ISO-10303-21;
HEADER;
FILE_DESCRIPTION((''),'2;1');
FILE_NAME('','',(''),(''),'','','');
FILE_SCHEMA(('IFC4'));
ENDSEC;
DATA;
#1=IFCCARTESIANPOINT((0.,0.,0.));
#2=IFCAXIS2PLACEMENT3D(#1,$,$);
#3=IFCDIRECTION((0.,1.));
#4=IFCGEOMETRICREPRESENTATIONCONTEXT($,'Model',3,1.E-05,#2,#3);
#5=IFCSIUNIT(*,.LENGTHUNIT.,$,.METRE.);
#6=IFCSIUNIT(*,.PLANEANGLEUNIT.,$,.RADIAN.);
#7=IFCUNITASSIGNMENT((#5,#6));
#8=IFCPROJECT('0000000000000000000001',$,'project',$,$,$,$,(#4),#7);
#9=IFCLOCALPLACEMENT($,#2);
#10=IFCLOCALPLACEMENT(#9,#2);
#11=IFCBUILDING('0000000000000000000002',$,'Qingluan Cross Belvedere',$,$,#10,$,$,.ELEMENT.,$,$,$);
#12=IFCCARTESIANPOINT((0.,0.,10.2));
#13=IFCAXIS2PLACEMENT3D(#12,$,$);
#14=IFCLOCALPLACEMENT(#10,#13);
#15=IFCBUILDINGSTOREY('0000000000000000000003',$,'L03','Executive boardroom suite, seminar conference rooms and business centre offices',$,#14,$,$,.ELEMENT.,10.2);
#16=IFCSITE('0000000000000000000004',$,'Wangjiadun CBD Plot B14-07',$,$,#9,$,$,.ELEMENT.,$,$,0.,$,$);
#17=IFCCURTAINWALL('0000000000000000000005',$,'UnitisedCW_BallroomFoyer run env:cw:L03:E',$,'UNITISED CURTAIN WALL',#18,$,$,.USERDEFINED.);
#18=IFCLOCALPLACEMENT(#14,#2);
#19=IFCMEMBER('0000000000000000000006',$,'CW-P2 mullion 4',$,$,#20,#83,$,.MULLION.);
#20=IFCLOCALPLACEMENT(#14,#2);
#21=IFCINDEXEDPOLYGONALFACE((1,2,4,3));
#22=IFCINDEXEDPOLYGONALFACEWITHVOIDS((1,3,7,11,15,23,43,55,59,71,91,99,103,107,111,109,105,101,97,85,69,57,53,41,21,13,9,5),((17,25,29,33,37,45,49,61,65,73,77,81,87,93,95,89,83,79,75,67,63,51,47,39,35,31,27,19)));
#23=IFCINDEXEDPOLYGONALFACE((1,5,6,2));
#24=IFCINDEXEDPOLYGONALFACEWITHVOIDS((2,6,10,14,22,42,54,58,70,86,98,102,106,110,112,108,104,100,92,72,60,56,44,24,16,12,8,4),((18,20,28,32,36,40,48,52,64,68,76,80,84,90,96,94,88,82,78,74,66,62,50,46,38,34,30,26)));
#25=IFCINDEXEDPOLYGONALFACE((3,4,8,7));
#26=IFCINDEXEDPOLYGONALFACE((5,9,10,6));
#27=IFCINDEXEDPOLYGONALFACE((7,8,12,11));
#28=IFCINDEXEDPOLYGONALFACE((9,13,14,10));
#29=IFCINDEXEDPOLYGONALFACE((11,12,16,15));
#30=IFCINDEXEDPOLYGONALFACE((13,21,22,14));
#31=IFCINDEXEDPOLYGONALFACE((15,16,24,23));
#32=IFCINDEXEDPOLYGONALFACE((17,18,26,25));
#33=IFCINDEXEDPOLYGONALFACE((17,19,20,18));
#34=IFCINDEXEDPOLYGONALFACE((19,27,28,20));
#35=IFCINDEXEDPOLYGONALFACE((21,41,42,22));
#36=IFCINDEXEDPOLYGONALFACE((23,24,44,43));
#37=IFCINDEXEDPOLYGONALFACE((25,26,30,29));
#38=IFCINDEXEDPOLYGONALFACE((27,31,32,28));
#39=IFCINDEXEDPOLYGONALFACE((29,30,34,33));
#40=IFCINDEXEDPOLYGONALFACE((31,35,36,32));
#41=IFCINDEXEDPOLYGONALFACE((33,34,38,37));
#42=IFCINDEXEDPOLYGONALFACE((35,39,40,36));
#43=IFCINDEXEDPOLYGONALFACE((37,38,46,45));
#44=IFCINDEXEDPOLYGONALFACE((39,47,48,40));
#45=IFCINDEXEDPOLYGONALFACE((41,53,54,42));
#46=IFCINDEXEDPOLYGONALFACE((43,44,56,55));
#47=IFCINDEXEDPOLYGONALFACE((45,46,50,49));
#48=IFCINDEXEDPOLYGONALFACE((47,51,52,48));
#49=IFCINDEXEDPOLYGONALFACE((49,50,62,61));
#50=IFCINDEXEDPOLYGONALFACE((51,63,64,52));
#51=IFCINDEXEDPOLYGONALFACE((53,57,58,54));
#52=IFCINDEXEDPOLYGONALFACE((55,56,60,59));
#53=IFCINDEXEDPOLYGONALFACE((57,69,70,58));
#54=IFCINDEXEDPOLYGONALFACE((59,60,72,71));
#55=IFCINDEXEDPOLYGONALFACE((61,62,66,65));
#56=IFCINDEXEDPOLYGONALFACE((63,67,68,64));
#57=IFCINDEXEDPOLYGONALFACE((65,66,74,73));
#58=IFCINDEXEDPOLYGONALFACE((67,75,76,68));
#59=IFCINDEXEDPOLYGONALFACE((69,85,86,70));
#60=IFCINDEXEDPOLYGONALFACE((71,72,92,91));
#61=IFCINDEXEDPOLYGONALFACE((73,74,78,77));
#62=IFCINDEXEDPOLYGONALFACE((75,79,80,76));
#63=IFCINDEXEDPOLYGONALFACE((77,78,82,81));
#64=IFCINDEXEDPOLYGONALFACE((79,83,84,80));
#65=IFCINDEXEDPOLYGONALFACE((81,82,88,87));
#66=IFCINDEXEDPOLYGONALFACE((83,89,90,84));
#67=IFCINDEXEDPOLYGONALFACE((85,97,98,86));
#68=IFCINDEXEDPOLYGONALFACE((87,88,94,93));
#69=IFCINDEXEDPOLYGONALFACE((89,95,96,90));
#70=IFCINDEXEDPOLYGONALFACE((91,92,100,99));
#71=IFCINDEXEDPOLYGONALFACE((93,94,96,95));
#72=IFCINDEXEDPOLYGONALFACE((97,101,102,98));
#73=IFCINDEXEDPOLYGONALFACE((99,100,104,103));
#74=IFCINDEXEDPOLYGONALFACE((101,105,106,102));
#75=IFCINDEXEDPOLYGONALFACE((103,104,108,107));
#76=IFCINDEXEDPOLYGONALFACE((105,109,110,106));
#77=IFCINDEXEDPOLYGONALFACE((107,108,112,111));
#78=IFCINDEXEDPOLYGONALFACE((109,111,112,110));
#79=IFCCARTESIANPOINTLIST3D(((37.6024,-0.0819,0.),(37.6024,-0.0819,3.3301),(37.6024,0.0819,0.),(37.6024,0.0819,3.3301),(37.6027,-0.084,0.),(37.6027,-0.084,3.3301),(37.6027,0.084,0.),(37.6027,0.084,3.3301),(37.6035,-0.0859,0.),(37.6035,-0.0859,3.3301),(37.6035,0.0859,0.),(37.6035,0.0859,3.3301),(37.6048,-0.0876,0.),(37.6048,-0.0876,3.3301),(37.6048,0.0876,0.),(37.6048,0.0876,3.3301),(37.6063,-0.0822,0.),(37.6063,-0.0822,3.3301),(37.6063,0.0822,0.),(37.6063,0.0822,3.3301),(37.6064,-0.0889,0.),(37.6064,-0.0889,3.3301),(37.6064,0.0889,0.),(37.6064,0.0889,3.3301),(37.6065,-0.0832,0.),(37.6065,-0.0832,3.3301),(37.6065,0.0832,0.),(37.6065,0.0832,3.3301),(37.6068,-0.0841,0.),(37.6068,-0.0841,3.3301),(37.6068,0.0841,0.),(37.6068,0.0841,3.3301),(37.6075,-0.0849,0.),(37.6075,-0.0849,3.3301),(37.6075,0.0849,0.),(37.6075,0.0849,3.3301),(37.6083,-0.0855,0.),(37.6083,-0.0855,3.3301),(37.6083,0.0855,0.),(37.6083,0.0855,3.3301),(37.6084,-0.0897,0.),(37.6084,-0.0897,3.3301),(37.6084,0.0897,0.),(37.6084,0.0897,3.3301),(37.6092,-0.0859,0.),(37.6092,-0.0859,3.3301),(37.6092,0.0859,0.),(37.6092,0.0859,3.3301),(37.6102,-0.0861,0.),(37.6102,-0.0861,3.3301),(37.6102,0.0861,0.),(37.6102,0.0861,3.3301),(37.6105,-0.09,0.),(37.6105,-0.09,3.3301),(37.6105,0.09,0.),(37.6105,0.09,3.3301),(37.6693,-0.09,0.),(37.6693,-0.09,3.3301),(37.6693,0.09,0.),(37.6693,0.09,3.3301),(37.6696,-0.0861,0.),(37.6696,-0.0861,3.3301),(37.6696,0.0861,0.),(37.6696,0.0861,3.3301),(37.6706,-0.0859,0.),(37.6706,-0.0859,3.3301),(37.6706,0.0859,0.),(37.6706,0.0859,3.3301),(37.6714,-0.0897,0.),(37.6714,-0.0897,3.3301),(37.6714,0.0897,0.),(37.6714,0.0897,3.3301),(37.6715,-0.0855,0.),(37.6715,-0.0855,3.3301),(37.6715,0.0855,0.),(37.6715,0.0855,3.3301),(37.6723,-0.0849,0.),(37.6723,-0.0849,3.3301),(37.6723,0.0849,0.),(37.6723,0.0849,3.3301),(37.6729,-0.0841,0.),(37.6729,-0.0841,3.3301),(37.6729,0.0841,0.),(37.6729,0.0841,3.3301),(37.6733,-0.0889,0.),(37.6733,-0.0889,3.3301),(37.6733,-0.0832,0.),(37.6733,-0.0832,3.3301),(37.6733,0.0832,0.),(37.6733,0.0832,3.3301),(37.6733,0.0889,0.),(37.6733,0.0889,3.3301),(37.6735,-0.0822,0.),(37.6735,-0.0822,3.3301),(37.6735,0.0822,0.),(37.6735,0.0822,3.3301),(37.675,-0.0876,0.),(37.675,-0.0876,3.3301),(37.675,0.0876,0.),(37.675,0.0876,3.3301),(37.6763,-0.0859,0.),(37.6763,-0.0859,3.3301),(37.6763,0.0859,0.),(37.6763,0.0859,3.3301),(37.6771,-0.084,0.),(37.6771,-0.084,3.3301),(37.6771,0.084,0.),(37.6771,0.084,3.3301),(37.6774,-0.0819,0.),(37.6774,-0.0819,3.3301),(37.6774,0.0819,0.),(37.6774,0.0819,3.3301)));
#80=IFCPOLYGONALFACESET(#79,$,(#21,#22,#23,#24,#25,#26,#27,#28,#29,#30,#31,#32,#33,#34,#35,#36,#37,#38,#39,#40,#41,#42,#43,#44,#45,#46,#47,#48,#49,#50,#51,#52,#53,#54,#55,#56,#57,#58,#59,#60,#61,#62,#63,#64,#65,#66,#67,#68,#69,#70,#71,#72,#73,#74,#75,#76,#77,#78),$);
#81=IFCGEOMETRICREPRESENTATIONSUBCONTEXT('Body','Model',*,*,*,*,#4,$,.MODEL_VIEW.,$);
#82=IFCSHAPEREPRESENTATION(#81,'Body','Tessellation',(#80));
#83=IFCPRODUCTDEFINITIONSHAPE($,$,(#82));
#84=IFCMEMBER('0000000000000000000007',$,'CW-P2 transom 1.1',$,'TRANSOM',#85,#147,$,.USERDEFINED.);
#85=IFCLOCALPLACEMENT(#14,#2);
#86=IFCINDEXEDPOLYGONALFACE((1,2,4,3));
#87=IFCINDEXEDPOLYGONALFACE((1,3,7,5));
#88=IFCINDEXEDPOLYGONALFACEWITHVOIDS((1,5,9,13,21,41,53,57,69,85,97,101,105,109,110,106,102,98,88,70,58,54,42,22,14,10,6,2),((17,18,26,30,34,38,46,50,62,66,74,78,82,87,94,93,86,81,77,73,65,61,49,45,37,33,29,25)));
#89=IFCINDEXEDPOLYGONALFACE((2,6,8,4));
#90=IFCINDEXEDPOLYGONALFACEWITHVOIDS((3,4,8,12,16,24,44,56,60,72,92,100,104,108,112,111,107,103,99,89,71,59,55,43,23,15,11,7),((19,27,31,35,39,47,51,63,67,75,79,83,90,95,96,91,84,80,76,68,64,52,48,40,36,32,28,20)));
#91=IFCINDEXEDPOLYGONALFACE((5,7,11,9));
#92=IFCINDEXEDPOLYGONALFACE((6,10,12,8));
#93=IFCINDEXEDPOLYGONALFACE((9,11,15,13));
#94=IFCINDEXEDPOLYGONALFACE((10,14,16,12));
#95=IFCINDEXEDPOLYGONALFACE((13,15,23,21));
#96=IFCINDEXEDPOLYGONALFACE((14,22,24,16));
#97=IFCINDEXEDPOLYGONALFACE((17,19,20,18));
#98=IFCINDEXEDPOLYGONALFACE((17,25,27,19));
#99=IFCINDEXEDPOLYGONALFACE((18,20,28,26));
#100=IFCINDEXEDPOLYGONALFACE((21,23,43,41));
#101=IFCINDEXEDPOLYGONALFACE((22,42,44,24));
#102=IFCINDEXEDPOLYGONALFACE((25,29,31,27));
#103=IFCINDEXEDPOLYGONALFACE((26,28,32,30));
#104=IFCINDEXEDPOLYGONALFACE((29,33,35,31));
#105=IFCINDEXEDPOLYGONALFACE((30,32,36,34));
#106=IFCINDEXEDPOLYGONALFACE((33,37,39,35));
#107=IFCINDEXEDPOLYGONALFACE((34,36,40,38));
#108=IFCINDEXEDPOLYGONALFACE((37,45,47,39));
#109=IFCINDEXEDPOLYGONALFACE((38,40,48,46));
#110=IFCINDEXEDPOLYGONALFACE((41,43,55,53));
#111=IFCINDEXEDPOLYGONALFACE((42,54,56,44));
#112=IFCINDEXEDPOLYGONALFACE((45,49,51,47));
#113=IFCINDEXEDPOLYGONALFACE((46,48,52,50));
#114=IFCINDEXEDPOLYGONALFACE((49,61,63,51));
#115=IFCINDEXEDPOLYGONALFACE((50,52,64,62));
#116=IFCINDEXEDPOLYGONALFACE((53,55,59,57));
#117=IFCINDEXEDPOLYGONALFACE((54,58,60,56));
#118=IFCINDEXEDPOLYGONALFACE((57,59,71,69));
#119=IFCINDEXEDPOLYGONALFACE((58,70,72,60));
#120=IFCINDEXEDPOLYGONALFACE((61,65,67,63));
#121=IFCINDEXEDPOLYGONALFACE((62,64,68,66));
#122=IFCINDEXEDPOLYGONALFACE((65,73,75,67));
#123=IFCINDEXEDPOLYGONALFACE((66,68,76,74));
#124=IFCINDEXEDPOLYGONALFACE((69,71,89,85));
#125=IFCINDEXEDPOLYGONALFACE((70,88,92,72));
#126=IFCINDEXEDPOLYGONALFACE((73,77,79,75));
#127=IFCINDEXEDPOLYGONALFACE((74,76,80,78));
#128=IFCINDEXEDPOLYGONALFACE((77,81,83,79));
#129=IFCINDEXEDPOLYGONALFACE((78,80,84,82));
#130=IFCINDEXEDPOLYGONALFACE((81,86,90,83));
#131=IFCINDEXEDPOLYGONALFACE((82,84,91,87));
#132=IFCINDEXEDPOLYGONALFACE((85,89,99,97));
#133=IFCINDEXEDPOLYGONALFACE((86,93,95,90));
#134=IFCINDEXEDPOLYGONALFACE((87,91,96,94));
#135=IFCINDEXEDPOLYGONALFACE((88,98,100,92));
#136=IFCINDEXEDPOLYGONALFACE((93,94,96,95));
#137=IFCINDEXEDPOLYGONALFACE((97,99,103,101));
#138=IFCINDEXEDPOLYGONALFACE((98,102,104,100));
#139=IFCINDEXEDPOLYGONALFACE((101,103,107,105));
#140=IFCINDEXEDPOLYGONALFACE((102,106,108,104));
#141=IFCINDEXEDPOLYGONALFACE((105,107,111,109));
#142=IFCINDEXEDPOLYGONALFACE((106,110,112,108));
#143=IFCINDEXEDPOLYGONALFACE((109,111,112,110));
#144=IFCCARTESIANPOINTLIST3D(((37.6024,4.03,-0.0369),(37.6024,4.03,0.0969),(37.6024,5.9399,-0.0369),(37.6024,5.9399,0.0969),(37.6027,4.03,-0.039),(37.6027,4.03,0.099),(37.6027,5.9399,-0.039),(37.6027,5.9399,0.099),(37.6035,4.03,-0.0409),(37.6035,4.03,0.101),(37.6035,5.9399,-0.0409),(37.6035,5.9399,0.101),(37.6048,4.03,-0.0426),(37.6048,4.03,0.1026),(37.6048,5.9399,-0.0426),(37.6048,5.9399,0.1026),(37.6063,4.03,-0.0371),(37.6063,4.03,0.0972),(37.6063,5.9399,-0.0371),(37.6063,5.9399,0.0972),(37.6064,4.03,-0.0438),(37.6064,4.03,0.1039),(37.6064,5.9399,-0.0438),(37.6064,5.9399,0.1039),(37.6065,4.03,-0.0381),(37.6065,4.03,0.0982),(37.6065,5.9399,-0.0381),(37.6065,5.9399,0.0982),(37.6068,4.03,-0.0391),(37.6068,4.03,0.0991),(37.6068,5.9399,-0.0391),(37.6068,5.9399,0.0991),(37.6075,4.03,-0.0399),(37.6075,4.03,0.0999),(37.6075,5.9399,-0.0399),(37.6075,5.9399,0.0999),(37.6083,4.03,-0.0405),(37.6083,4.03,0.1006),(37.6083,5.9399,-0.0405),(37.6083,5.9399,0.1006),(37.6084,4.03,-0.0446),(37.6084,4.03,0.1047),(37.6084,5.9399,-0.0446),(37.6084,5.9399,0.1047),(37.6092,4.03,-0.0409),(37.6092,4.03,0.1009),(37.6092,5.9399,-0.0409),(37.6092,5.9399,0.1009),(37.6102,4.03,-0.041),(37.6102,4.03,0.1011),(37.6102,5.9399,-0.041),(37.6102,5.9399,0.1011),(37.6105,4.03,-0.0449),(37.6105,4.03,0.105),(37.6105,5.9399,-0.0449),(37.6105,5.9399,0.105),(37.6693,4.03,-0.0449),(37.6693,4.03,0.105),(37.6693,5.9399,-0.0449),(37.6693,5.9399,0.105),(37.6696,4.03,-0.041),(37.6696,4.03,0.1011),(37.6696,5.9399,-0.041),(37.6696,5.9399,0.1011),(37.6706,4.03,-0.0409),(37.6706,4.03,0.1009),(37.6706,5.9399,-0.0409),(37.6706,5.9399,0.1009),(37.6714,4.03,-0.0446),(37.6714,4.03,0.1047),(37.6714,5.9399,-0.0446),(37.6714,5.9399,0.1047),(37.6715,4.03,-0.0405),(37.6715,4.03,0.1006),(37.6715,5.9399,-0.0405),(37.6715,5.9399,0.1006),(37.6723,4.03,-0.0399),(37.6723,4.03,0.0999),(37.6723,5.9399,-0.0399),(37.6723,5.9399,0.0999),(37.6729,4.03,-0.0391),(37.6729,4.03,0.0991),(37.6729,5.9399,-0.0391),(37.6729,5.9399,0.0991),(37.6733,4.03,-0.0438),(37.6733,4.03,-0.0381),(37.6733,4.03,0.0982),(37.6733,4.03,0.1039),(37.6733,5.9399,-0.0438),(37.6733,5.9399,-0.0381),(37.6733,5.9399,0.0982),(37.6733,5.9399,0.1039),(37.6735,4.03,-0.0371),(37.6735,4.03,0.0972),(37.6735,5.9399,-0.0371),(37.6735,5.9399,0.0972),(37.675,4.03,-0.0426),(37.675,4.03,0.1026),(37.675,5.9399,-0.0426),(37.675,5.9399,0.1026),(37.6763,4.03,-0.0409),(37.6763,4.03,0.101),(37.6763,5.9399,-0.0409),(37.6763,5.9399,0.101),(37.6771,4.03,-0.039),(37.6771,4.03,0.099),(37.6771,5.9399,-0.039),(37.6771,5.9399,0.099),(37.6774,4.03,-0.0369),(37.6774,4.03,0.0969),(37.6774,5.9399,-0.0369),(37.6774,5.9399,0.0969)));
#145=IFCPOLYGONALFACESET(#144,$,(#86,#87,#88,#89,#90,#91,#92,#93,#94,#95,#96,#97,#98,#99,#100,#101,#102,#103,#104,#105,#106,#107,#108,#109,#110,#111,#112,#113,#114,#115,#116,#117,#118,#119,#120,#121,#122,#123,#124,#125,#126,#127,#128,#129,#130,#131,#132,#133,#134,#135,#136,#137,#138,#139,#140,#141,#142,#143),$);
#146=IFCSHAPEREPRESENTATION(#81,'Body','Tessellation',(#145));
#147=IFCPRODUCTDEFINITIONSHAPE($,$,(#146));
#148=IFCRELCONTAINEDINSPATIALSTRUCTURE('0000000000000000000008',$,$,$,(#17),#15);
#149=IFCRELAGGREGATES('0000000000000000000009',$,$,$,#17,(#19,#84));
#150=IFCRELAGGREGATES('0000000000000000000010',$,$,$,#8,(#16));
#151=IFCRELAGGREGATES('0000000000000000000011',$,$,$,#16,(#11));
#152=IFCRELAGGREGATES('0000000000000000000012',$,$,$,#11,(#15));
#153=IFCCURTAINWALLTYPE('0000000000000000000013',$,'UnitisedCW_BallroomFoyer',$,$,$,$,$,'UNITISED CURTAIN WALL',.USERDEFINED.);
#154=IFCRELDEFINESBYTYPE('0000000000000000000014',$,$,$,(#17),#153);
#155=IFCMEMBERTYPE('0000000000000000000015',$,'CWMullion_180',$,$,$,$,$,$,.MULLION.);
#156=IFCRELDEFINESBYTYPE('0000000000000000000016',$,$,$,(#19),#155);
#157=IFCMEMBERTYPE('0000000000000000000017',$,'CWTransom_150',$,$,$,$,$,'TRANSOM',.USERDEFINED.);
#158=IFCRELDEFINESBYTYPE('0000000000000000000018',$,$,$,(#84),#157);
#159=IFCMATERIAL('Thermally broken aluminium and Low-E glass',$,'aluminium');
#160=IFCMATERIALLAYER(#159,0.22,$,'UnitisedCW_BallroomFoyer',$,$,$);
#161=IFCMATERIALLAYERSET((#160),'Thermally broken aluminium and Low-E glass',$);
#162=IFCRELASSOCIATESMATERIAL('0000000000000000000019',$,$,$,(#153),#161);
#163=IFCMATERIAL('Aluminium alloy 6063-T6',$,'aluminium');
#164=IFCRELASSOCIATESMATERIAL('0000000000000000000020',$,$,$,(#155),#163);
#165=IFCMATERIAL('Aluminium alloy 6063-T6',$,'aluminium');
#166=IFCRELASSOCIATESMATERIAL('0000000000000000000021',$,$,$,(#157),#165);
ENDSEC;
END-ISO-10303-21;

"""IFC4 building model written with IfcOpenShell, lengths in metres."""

from ifc_helpers import new_model, si_unit, direction, frame, origin, origin_2d, place, context, subcontext, project, spatial, hollow_rectangle, extrude, material, layer, layer_set, material_profile, profile_set, type_object, element, aggregate, save


model = new_model("IFC4")

# Units and contexts
model_context = context("Model", 3, precision=1e-05, world=origin(), true_north=direction((0.0, 1.0)))
body_context = subcontext(model_context, "Body", "Model", "MODEL_VIEW")
ifc_project = project(units=[si_unit("LENGTHUNIT", "METRE"), si_unit("PLANEANGLEUNIT", "RADIAN")], contexts=[model_context])

# Site, building, storey
site_placement = place(None, origin())
site = spatial("IfcSite", under=ifc_project, at=site_placement, Name="Wangjiadun CBD Plot B14-07", CompositionType="ELEMENT", RefElevation=0.0)
building_placement = place(site_placement, origin())
building = spatial("IfcBuilding", under=site, at=building_placement, Name="Qingluan Cross Belvedere", CompositionType="ELEMENT")
storey_placement = place(building_placement, frame((0.0, 0.0, 10.2)))
storey = spatial("IfcBuildingStorey", under=building, at=storey_placement, Name="L03", Description="Executive boardroom suite, seminar conference rooms and business centre offices", CompositionType="ELEMENT", Elevation=10.2)

# Curtain wall, members
ifc_material_1 = material(Name="Thermally broken aluminium and Low-E glass", Category="aluminium")
ifc_layer_1 = layer(ifc_material_1, 0.22, Name="UnitisedCW_BallroomFoyer")
ifc_layer_set_1 = layer_set([ifc_layer_1], Name="Thermally broken aluminium and Low-E glass")
curtain_wall_type = type_object("IfcCurtainWallType", Name="UnitisedCW_BallroomFoyer", ElementType="UNITISED CURTAIN WALL", PredefinedType="USERDEFINED", material=ifc_layer_set_1)
curtain_wall_placement = place(storey_placement, origin())
curtain_wall = element("IfcCurtainWall", 1, at=curtain_wall_placement, inside=storey, type_object=curtain_wall_type, Name="UnitisedCW_BallroomFoyer run env:cw:L03:E", ObjectType="UNITISED CURTAIN WALL", PredefinedType="USERDEFINED")
ifc_material_2 = material(Name="Aluminium alloy 6063-T6", Category="aluminium")
ifc_material_profile_1 = material_profile(ifc_material_2, hollow_rectangle(XDim=0.075, YDim=0.1799, WallThickness=0.0039, InnerFilletRadius=0.0039, OuterFilletRadius=0.0081, at=origin_2d()), Name="CWM180x75x4")
ifc_profile_set_1 = profile_set([ifc_material_profile_1], Name="Aluminium alloy 6063-T6")
member_type_1 = type_object("IfcMemberType", Name="CWMullion_180", PredefinedType="MULLION", material=ifc_profile_set_1)
member_1_placement = place(storey_placement, frame((37.6399, 0.0, 0.0), z_axis=(0.0, 0.0, 1.0), x_axis=(1.0, 0.0, 0.0)))
member_1 = element("IfcMember", 2, at=member_1_placement, type_object=member_type_1, Name="CW-P2 mullion 4", PredefinedType="MULLION", context=body_context, shape_type="SweptSolid", body=[
    extrude(hollow_rectangle(XDim=0.075, YDim=0.1799, WallThickness=0.0039, InnerFilletRadius=0.0039, OuterFilletRadius=0.0081, at=origin_2d()), origin(), (0.0, 0.0, 1.0), 3.3301),
])
ifc_material_3 = material(Name="Aluminium alloy 6063-T6", Category="aluminium")
ifc_material_profile_2 = material_profile(ifc_material_3, hollow_rectangle(XDim=0.075, YDim=0.1499, WallThickness=0.0039, InnerFilletRadius=0.0039, OuterFilletRadius=0.0081, at=origin_2d()), Name="CWT150x75x4")
ifc_profile_set_2 = profile_set([ifc_material_profile_2], Name="Aluminium alloy 6063-T6")
member_type_2 = type_object("IfcMemberType", Name="CWTransom_150", ElementType="TRANSOM", PredefinedType="USERDEFINED", material=ifc_profile_set_2)
member_2_placement = place(storey_placement, frame((37.6399, 5.9399, 0.03), z_axis=(0.0, -1.0, 0.0), x_axis=(1.0, 0.0, 0.0)))
member_2 = element("IfcMember", 3, at=member_2_placement, type_object=member_type_2, Name="CW-P2 transom 1.1", ObjectType="TRANSOM", PredefinedType="USERDEFINED", context=body_context, shape_type="SweptSolid", body=[
    extrude(hollow_rectangle(XDim=0.075, YDim=0.1499, WallThickness=0.0039, InnerFilletRadius=0.0039, OuterFilletRadius=0.0081, at=origin_2d()), origin(), (0.0, 0.0, 1.0), 1.9099),
])
aggregate(curtain_wall, [member_1, member_2])

save(model, "model.ifc")
